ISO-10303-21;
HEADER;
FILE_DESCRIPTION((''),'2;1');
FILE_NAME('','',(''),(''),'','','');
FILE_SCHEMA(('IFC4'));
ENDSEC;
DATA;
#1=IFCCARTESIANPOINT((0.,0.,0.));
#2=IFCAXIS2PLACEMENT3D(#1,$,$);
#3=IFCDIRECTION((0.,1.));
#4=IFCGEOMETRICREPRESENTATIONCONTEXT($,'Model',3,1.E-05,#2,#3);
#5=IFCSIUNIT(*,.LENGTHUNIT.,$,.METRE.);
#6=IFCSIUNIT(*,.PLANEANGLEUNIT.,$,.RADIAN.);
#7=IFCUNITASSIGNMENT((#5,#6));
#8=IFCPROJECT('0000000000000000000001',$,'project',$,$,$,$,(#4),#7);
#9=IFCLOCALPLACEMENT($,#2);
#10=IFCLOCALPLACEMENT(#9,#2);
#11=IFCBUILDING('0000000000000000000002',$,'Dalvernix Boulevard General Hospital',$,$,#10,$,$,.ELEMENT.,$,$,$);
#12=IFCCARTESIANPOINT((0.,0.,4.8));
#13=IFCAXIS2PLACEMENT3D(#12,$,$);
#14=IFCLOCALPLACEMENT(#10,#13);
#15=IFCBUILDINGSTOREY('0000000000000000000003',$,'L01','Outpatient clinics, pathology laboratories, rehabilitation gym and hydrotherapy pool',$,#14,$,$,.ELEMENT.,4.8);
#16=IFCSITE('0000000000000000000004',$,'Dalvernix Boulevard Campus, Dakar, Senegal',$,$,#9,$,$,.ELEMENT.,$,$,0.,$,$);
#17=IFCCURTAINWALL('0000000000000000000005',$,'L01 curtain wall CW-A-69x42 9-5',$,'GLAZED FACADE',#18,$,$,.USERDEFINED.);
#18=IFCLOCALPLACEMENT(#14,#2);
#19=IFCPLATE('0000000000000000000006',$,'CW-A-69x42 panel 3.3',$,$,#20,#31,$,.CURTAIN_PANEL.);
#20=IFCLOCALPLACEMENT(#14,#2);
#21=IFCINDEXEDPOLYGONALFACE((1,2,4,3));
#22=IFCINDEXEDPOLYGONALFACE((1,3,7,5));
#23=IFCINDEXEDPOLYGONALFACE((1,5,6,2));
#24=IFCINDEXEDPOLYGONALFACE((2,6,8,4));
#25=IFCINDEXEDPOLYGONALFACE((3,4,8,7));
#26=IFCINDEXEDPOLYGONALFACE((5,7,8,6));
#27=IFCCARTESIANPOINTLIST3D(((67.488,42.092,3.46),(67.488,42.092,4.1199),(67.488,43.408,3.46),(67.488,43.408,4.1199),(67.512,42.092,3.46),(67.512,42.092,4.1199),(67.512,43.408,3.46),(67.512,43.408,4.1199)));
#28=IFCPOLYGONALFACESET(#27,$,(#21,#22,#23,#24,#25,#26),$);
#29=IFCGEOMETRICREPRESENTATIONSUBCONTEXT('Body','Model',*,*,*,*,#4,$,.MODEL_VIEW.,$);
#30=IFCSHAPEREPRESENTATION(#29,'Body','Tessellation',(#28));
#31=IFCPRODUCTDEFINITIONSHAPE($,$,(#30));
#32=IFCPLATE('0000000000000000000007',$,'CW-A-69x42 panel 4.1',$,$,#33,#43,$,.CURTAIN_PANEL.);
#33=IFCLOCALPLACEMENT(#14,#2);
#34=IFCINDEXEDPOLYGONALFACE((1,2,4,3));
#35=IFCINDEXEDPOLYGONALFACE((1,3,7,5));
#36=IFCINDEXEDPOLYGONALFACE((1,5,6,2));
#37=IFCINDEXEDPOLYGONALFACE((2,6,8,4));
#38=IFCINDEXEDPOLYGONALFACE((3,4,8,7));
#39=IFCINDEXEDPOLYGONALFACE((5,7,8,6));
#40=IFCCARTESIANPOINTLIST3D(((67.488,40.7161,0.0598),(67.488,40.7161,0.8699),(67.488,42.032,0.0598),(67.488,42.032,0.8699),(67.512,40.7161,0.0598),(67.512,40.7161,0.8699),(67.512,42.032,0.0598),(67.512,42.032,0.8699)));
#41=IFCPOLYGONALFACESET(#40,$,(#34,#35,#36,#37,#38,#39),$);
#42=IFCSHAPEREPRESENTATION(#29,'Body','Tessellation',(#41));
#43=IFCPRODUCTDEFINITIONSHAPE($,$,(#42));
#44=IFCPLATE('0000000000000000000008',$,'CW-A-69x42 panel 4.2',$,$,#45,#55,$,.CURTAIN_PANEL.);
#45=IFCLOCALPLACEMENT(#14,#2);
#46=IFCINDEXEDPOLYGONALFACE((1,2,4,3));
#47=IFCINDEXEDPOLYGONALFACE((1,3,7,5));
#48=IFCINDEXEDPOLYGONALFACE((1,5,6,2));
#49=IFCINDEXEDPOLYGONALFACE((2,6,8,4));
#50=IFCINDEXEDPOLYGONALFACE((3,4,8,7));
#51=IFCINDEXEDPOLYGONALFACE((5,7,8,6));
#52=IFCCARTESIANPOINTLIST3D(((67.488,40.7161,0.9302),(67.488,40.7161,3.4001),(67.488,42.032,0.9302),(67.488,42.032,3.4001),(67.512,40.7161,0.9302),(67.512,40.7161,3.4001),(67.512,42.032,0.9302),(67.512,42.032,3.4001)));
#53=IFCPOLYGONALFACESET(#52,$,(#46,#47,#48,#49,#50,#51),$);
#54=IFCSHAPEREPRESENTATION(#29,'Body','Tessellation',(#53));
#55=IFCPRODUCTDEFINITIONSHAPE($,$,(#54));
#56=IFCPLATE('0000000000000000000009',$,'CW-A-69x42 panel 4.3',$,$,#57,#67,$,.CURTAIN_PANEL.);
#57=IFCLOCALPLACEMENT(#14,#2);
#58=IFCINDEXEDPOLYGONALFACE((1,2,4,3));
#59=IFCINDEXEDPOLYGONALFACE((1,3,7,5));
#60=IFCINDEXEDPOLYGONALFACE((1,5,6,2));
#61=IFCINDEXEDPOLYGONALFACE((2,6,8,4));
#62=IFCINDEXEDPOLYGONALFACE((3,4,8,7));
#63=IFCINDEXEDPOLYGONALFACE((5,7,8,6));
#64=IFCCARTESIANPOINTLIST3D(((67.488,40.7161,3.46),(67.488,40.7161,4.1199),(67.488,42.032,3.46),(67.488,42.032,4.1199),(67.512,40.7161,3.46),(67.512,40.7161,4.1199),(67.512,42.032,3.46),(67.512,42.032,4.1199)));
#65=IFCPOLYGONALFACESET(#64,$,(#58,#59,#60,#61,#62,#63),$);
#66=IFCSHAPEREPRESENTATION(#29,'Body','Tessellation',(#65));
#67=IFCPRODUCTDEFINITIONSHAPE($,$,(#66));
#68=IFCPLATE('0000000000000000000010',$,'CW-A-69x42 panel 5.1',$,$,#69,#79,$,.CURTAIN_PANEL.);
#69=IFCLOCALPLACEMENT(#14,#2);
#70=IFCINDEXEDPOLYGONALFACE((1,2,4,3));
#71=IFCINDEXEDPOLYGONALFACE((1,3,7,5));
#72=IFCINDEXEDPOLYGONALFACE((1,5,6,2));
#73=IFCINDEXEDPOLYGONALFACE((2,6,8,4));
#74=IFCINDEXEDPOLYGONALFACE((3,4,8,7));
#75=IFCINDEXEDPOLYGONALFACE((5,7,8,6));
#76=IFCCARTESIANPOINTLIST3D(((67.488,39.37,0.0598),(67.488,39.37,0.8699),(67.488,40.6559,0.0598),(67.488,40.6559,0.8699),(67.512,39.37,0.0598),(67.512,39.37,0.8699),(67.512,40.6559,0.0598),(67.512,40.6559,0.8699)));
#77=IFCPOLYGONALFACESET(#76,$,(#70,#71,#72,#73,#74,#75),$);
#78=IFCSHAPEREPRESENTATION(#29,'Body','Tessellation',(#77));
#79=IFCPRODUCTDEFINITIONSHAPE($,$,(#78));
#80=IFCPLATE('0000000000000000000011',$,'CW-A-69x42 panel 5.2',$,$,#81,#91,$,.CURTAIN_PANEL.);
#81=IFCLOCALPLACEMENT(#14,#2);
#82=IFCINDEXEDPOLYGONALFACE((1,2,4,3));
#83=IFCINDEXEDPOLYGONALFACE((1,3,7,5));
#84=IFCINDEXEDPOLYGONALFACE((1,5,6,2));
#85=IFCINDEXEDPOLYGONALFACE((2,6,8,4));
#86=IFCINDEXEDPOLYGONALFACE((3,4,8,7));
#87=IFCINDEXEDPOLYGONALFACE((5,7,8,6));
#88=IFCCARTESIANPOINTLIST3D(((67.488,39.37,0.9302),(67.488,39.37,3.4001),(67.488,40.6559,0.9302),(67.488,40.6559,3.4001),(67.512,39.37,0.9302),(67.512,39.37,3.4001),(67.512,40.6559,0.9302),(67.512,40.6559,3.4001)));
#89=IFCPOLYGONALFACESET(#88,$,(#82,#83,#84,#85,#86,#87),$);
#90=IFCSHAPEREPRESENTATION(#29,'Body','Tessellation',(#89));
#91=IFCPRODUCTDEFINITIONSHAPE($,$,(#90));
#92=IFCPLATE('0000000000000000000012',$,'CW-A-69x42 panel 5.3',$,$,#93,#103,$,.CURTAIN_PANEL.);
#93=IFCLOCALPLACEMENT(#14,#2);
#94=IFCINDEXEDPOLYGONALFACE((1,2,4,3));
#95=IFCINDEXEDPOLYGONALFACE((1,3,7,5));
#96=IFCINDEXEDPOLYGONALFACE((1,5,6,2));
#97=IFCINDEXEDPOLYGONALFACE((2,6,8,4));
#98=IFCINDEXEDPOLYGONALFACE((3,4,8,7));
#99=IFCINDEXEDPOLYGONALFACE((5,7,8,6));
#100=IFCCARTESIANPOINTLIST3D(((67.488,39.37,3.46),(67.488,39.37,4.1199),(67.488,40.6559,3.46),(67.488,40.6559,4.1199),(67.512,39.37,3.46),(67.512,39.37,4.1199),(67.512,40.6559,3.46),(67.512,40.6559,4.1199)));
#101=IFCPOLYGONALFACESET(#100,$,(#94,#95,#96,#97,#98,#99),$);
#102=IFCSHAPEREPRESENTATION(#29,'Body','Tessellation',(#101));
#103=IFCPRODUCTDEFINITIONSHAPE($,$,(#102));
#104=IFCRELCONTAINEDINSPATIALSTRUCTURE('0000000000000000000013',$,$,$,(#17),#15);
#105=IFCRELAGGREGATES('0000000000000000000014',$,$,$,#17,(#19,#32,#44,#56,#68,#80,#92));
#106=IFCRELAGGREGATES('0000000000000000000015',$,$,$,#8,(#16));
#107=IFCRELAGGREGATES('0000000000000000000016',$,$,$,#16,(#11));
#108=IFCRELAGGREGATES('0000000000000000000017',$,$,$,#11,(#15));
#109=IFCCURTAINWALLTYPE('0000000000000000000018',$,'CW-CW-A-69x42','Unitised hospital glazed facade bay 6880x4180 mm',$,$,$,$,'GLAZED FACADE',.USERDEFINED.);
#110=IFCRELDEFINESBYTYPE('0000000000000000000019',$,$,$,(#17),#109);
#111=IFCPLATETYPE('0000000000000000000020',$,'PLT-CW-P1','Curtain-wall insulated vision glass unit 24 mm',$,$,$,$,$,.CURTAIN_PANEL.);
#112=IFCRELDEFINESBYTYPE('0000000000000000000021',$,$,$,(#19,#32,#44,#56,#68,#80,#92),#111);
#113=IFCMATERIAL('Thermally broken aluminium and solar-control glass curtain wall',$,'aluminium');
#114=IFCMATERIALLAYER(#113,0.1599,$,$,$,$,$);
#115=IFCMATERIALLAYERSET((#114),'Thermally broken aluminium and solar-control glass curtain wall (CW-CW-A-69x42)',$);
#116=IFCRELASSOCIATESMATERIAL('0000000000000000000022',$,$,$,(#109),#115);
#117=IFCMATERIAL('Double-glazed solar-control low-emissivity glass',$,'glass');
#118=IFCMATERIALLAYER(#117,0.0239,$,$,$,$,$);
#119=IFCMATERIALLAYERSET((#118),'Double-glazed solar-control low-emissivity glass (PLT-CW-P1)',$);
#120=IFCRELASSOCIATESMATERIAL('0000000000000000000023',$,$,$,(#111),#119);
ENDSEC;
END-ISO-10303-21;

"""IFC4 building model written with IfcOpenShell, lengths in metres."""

from ifc_helpers import new_model, si_unit, direction, frame, origin, origin_2d, place, context, subcontext, project, spatial, rectangle, extrude, material, layer, layer_set, type_object, element, aggregate, save


model = new_model("IFC4")

# Units and contexts
model_context = context("Model", 3, precision=1e-05, world=origin(), true_north=direction((0.0, 1.0)))
body_context = subcontext(model_context, "Body", "Model", "MODEL_VIEW")
ifc_project = project(units=[si_unit("LENGTHUNIT", "METRE"), si_unit("PLANEANGLEUNIT", "RADIAN")], contexts=[model_context])

# Site, building, storey
site_placement = place(None, origin())
site = spatial("IfcSite", under=ifc_project, at=site_placement, Name="Dalvernix Boulevard Campus, Dakar, Senegal", CompositionType="ELEMENT", RefElevation=0.0)
building_placement = place(site_placement, origin())
building = spatial("IfcBuilding", under=site, at=building_placement, Name="Dalvernix Boulevard General Hospital", CompositionType="ELEMENT")
storey_placement = place(building_placement, frame((0.0, 0.0, 4.8)))
storey = spatial("IfcBuildingStorey", under=building, at=storey_placement, Name="L01", Description="Outpatient clinics, pathology laboratories, rehabilitation gym and hydrotherapy pool", CompositionType="ELEMENT", Elevation=4.8)

# Curtain wall
ifc_material_1 = material(Name="Thermally broken aluminium and solar-control glass curtain wall", Category="aluminium")
ifc_layer_1 = layer(ifc_material_1, 0.1599)
ifc_layer_set_1 = layer_set([ifc_layer_1], Name="Thermally broken aluminium and solar-control glass curtain wall (CW-CW-A-69x42)")
curtain_wall_type = type_object("IfcCurtainWallType", Name="CW-CW-A-69x42", Description="Unitised hospital glazed facade bay 6880x4180 mm", ElementType="GLAZED FACADE", PredefinedType="USERDEFINED", material=ifc_layer_set_1)
curtain_wall_1_placement = place(storey_placement, origin())
curtain_wall_1 = element("IfcCurtainWall", 1, at=curtain_wall_1_placement, inside=storey, type_object=curtain_wall_type, Name="L01 curtain wall CW-A-69x42 9-5", ObjectType="GLAZED FACADE", PredefinedType="USERDEFINED")

# Plates
ifc_material_2 = material(Name="Double-glazed solar-control low-emissivity glass", Category="glass")
ifc_layer_2 = layer(ifc_material_2, 0.0239)
ifc_layer_set_2 = layer_set([ifc_layer_2], Name="Double-glazed solar-control low-emissivity glass (PLT-CW-P1)")
plate_type = type_object("IfcPlateType", Name="PLT-CW-P1", Description="Curtain-wall insulated vision glass unit 24 mm", PredefinedType="CURTAIN_PANEL", material=ifc_layer_set_2)
plate_1_placement = place(storey_placement, frame((67.5, 42.75, 3.46), z_axis=(0.0, 0.0, 1.0), x_axis=(0.0, -1.0, 0.0)))
plate_1 = element("IfcPlate", 2, at=plate_1_placement, type_object=plate_type, Name="CW-A-69x42 panel 3.3", PredefinedType="CURTAIN_PANEL", context=body_context, shape_type="SweptSolid", body=[
    extrude(rectangle(XDim=1.3159, YDim=0.0239, at=origin_2d()), origin(), (0.0, 0.0, 1.0), 0.6599),
])
plate_2_placement = place(storey_placement, frame((67.5, 41.374, 0.0598), z_axis=(0.0, 0.0, 1.0), x_axis=(0.0, -1.0, 0.0)))
plate_2 = element("IfcPlate", 3, at=plate_2_placement, type_object=plate_type, Name="CW-A-69x42 panel 4.1", PredefinedType="CURTAIN_PANEL", context=body_context, shape_type="SweptSolid", body=[
    extrude(rectangle(XDim=1.3159, YDim=0.0239, at=origin_2d()), origin(), (0.0, 0.0, 1.0), 0.8101),
])
plate_3_placement = place(storey_placement, frame((67.5, 41.374, 0.9302), z_axis=(0.0, 0.0, 1.0), x_axis=(0.0, -1.0, 0.0)))
plate_3 = element("IfcPlate", 4, at=plate_3_placement, type_object=plate_type, Name="CW-A-69x42 panel 4.2", PredefinedType="CURTAIN_PANEL", context=body_context, shape_type="SweptSolid", body=[
    extrude(rectangle(XDim=1.3159, YDim=0.0239, at=origin_2d()), origin(), (0.0, 0.0, 1.0), 2.47),
])
plate_4_placement = place(storey_placement, frame((67.5, 41.374, 3.46), z_axis=(0.0, 0.0, 1.0), x_axis=(0.0, -1.0, 0.0)))
plate_4 = element("IfcPlate", 5, at=plate_4_placement, type_object=plate_type, Name="CW-A-69x42 panel 4.3", PredefinedType="CURTAIN_PANEL", context=body_context, shape_type="SweptSolid", body=[
    extrude(rectangle(XDim=1.3159, YDim=0.0239, at=origin_2d()), origin(), (0.0, 0.0, 1.0), 0.6599),
])
plate_5_placement = place(storey_placement, frame((67.5, 40.0129, 0.0598), z_axis=(0.0, 0.0, 1.0), x_axis=(0.0, -1.0, 0.0)))
plate_5 = element("IfcPlate", 6, at=plate_5_placement, type_object=plate_type, Name="CW-A-69x42 panel 5.1", PredefinedType="CURTAIN_PANEL", context=body_context, shape_type="SweptSolid", body=[
    extrude(rectangle(XDim=1.2859, YDim=0.0239, at=origin_2d()), origin(), (0.0, 0.0, 1.0), 0.8101),
])
plate_6_placement = place(storey_placement, frame((67.5, 40.0129, 0.9302), z_axis=(0.0, 0.0, 1.0), x_axis=(0.0, -1.0, 0.0)))
plate_6 = element("IfcPlate", 7, at=plate_6_placement, type_object=plate_type, Name="CW-A-69x42 panel 5.2", PredefinedType="CURTAIN_PANEL", context=body_context, shape_type="SweptSolid", body=[
    extrude(rectangle(XDim=1.2859, YDim=0.0239, at=origin_2d()), origin(), (0.0, 0.0, 1.0), 2.47),
])
plate_7_placement = place(storey_placement, frame((67.5, 40.0129, 3.46), z_axis=(0.0, 0.0, 1.0), x_axis=(0.0, -1.0, 0.0)))
plate_7 = element("IfcPlate", 8, at=plate_7_placement, type_object=plate_type, Name="CW-A-69x42 panel 5.3", PredefinedType="CURTAIN_PANEL", context=body_context, shape_type="SweptSolid", body=[
    extrude(rectangle(XDim=1.2859, YDim=0.0239, at=origin_2d()), origin(), (0.0, 0.0, 1.0), 0.6599),
])
aggregate(curtain_wall_1, [plate_1, plate_2, plate_3, plate_4, plate_5, plate_6, plate_7])

save(model, "model.ifc")
